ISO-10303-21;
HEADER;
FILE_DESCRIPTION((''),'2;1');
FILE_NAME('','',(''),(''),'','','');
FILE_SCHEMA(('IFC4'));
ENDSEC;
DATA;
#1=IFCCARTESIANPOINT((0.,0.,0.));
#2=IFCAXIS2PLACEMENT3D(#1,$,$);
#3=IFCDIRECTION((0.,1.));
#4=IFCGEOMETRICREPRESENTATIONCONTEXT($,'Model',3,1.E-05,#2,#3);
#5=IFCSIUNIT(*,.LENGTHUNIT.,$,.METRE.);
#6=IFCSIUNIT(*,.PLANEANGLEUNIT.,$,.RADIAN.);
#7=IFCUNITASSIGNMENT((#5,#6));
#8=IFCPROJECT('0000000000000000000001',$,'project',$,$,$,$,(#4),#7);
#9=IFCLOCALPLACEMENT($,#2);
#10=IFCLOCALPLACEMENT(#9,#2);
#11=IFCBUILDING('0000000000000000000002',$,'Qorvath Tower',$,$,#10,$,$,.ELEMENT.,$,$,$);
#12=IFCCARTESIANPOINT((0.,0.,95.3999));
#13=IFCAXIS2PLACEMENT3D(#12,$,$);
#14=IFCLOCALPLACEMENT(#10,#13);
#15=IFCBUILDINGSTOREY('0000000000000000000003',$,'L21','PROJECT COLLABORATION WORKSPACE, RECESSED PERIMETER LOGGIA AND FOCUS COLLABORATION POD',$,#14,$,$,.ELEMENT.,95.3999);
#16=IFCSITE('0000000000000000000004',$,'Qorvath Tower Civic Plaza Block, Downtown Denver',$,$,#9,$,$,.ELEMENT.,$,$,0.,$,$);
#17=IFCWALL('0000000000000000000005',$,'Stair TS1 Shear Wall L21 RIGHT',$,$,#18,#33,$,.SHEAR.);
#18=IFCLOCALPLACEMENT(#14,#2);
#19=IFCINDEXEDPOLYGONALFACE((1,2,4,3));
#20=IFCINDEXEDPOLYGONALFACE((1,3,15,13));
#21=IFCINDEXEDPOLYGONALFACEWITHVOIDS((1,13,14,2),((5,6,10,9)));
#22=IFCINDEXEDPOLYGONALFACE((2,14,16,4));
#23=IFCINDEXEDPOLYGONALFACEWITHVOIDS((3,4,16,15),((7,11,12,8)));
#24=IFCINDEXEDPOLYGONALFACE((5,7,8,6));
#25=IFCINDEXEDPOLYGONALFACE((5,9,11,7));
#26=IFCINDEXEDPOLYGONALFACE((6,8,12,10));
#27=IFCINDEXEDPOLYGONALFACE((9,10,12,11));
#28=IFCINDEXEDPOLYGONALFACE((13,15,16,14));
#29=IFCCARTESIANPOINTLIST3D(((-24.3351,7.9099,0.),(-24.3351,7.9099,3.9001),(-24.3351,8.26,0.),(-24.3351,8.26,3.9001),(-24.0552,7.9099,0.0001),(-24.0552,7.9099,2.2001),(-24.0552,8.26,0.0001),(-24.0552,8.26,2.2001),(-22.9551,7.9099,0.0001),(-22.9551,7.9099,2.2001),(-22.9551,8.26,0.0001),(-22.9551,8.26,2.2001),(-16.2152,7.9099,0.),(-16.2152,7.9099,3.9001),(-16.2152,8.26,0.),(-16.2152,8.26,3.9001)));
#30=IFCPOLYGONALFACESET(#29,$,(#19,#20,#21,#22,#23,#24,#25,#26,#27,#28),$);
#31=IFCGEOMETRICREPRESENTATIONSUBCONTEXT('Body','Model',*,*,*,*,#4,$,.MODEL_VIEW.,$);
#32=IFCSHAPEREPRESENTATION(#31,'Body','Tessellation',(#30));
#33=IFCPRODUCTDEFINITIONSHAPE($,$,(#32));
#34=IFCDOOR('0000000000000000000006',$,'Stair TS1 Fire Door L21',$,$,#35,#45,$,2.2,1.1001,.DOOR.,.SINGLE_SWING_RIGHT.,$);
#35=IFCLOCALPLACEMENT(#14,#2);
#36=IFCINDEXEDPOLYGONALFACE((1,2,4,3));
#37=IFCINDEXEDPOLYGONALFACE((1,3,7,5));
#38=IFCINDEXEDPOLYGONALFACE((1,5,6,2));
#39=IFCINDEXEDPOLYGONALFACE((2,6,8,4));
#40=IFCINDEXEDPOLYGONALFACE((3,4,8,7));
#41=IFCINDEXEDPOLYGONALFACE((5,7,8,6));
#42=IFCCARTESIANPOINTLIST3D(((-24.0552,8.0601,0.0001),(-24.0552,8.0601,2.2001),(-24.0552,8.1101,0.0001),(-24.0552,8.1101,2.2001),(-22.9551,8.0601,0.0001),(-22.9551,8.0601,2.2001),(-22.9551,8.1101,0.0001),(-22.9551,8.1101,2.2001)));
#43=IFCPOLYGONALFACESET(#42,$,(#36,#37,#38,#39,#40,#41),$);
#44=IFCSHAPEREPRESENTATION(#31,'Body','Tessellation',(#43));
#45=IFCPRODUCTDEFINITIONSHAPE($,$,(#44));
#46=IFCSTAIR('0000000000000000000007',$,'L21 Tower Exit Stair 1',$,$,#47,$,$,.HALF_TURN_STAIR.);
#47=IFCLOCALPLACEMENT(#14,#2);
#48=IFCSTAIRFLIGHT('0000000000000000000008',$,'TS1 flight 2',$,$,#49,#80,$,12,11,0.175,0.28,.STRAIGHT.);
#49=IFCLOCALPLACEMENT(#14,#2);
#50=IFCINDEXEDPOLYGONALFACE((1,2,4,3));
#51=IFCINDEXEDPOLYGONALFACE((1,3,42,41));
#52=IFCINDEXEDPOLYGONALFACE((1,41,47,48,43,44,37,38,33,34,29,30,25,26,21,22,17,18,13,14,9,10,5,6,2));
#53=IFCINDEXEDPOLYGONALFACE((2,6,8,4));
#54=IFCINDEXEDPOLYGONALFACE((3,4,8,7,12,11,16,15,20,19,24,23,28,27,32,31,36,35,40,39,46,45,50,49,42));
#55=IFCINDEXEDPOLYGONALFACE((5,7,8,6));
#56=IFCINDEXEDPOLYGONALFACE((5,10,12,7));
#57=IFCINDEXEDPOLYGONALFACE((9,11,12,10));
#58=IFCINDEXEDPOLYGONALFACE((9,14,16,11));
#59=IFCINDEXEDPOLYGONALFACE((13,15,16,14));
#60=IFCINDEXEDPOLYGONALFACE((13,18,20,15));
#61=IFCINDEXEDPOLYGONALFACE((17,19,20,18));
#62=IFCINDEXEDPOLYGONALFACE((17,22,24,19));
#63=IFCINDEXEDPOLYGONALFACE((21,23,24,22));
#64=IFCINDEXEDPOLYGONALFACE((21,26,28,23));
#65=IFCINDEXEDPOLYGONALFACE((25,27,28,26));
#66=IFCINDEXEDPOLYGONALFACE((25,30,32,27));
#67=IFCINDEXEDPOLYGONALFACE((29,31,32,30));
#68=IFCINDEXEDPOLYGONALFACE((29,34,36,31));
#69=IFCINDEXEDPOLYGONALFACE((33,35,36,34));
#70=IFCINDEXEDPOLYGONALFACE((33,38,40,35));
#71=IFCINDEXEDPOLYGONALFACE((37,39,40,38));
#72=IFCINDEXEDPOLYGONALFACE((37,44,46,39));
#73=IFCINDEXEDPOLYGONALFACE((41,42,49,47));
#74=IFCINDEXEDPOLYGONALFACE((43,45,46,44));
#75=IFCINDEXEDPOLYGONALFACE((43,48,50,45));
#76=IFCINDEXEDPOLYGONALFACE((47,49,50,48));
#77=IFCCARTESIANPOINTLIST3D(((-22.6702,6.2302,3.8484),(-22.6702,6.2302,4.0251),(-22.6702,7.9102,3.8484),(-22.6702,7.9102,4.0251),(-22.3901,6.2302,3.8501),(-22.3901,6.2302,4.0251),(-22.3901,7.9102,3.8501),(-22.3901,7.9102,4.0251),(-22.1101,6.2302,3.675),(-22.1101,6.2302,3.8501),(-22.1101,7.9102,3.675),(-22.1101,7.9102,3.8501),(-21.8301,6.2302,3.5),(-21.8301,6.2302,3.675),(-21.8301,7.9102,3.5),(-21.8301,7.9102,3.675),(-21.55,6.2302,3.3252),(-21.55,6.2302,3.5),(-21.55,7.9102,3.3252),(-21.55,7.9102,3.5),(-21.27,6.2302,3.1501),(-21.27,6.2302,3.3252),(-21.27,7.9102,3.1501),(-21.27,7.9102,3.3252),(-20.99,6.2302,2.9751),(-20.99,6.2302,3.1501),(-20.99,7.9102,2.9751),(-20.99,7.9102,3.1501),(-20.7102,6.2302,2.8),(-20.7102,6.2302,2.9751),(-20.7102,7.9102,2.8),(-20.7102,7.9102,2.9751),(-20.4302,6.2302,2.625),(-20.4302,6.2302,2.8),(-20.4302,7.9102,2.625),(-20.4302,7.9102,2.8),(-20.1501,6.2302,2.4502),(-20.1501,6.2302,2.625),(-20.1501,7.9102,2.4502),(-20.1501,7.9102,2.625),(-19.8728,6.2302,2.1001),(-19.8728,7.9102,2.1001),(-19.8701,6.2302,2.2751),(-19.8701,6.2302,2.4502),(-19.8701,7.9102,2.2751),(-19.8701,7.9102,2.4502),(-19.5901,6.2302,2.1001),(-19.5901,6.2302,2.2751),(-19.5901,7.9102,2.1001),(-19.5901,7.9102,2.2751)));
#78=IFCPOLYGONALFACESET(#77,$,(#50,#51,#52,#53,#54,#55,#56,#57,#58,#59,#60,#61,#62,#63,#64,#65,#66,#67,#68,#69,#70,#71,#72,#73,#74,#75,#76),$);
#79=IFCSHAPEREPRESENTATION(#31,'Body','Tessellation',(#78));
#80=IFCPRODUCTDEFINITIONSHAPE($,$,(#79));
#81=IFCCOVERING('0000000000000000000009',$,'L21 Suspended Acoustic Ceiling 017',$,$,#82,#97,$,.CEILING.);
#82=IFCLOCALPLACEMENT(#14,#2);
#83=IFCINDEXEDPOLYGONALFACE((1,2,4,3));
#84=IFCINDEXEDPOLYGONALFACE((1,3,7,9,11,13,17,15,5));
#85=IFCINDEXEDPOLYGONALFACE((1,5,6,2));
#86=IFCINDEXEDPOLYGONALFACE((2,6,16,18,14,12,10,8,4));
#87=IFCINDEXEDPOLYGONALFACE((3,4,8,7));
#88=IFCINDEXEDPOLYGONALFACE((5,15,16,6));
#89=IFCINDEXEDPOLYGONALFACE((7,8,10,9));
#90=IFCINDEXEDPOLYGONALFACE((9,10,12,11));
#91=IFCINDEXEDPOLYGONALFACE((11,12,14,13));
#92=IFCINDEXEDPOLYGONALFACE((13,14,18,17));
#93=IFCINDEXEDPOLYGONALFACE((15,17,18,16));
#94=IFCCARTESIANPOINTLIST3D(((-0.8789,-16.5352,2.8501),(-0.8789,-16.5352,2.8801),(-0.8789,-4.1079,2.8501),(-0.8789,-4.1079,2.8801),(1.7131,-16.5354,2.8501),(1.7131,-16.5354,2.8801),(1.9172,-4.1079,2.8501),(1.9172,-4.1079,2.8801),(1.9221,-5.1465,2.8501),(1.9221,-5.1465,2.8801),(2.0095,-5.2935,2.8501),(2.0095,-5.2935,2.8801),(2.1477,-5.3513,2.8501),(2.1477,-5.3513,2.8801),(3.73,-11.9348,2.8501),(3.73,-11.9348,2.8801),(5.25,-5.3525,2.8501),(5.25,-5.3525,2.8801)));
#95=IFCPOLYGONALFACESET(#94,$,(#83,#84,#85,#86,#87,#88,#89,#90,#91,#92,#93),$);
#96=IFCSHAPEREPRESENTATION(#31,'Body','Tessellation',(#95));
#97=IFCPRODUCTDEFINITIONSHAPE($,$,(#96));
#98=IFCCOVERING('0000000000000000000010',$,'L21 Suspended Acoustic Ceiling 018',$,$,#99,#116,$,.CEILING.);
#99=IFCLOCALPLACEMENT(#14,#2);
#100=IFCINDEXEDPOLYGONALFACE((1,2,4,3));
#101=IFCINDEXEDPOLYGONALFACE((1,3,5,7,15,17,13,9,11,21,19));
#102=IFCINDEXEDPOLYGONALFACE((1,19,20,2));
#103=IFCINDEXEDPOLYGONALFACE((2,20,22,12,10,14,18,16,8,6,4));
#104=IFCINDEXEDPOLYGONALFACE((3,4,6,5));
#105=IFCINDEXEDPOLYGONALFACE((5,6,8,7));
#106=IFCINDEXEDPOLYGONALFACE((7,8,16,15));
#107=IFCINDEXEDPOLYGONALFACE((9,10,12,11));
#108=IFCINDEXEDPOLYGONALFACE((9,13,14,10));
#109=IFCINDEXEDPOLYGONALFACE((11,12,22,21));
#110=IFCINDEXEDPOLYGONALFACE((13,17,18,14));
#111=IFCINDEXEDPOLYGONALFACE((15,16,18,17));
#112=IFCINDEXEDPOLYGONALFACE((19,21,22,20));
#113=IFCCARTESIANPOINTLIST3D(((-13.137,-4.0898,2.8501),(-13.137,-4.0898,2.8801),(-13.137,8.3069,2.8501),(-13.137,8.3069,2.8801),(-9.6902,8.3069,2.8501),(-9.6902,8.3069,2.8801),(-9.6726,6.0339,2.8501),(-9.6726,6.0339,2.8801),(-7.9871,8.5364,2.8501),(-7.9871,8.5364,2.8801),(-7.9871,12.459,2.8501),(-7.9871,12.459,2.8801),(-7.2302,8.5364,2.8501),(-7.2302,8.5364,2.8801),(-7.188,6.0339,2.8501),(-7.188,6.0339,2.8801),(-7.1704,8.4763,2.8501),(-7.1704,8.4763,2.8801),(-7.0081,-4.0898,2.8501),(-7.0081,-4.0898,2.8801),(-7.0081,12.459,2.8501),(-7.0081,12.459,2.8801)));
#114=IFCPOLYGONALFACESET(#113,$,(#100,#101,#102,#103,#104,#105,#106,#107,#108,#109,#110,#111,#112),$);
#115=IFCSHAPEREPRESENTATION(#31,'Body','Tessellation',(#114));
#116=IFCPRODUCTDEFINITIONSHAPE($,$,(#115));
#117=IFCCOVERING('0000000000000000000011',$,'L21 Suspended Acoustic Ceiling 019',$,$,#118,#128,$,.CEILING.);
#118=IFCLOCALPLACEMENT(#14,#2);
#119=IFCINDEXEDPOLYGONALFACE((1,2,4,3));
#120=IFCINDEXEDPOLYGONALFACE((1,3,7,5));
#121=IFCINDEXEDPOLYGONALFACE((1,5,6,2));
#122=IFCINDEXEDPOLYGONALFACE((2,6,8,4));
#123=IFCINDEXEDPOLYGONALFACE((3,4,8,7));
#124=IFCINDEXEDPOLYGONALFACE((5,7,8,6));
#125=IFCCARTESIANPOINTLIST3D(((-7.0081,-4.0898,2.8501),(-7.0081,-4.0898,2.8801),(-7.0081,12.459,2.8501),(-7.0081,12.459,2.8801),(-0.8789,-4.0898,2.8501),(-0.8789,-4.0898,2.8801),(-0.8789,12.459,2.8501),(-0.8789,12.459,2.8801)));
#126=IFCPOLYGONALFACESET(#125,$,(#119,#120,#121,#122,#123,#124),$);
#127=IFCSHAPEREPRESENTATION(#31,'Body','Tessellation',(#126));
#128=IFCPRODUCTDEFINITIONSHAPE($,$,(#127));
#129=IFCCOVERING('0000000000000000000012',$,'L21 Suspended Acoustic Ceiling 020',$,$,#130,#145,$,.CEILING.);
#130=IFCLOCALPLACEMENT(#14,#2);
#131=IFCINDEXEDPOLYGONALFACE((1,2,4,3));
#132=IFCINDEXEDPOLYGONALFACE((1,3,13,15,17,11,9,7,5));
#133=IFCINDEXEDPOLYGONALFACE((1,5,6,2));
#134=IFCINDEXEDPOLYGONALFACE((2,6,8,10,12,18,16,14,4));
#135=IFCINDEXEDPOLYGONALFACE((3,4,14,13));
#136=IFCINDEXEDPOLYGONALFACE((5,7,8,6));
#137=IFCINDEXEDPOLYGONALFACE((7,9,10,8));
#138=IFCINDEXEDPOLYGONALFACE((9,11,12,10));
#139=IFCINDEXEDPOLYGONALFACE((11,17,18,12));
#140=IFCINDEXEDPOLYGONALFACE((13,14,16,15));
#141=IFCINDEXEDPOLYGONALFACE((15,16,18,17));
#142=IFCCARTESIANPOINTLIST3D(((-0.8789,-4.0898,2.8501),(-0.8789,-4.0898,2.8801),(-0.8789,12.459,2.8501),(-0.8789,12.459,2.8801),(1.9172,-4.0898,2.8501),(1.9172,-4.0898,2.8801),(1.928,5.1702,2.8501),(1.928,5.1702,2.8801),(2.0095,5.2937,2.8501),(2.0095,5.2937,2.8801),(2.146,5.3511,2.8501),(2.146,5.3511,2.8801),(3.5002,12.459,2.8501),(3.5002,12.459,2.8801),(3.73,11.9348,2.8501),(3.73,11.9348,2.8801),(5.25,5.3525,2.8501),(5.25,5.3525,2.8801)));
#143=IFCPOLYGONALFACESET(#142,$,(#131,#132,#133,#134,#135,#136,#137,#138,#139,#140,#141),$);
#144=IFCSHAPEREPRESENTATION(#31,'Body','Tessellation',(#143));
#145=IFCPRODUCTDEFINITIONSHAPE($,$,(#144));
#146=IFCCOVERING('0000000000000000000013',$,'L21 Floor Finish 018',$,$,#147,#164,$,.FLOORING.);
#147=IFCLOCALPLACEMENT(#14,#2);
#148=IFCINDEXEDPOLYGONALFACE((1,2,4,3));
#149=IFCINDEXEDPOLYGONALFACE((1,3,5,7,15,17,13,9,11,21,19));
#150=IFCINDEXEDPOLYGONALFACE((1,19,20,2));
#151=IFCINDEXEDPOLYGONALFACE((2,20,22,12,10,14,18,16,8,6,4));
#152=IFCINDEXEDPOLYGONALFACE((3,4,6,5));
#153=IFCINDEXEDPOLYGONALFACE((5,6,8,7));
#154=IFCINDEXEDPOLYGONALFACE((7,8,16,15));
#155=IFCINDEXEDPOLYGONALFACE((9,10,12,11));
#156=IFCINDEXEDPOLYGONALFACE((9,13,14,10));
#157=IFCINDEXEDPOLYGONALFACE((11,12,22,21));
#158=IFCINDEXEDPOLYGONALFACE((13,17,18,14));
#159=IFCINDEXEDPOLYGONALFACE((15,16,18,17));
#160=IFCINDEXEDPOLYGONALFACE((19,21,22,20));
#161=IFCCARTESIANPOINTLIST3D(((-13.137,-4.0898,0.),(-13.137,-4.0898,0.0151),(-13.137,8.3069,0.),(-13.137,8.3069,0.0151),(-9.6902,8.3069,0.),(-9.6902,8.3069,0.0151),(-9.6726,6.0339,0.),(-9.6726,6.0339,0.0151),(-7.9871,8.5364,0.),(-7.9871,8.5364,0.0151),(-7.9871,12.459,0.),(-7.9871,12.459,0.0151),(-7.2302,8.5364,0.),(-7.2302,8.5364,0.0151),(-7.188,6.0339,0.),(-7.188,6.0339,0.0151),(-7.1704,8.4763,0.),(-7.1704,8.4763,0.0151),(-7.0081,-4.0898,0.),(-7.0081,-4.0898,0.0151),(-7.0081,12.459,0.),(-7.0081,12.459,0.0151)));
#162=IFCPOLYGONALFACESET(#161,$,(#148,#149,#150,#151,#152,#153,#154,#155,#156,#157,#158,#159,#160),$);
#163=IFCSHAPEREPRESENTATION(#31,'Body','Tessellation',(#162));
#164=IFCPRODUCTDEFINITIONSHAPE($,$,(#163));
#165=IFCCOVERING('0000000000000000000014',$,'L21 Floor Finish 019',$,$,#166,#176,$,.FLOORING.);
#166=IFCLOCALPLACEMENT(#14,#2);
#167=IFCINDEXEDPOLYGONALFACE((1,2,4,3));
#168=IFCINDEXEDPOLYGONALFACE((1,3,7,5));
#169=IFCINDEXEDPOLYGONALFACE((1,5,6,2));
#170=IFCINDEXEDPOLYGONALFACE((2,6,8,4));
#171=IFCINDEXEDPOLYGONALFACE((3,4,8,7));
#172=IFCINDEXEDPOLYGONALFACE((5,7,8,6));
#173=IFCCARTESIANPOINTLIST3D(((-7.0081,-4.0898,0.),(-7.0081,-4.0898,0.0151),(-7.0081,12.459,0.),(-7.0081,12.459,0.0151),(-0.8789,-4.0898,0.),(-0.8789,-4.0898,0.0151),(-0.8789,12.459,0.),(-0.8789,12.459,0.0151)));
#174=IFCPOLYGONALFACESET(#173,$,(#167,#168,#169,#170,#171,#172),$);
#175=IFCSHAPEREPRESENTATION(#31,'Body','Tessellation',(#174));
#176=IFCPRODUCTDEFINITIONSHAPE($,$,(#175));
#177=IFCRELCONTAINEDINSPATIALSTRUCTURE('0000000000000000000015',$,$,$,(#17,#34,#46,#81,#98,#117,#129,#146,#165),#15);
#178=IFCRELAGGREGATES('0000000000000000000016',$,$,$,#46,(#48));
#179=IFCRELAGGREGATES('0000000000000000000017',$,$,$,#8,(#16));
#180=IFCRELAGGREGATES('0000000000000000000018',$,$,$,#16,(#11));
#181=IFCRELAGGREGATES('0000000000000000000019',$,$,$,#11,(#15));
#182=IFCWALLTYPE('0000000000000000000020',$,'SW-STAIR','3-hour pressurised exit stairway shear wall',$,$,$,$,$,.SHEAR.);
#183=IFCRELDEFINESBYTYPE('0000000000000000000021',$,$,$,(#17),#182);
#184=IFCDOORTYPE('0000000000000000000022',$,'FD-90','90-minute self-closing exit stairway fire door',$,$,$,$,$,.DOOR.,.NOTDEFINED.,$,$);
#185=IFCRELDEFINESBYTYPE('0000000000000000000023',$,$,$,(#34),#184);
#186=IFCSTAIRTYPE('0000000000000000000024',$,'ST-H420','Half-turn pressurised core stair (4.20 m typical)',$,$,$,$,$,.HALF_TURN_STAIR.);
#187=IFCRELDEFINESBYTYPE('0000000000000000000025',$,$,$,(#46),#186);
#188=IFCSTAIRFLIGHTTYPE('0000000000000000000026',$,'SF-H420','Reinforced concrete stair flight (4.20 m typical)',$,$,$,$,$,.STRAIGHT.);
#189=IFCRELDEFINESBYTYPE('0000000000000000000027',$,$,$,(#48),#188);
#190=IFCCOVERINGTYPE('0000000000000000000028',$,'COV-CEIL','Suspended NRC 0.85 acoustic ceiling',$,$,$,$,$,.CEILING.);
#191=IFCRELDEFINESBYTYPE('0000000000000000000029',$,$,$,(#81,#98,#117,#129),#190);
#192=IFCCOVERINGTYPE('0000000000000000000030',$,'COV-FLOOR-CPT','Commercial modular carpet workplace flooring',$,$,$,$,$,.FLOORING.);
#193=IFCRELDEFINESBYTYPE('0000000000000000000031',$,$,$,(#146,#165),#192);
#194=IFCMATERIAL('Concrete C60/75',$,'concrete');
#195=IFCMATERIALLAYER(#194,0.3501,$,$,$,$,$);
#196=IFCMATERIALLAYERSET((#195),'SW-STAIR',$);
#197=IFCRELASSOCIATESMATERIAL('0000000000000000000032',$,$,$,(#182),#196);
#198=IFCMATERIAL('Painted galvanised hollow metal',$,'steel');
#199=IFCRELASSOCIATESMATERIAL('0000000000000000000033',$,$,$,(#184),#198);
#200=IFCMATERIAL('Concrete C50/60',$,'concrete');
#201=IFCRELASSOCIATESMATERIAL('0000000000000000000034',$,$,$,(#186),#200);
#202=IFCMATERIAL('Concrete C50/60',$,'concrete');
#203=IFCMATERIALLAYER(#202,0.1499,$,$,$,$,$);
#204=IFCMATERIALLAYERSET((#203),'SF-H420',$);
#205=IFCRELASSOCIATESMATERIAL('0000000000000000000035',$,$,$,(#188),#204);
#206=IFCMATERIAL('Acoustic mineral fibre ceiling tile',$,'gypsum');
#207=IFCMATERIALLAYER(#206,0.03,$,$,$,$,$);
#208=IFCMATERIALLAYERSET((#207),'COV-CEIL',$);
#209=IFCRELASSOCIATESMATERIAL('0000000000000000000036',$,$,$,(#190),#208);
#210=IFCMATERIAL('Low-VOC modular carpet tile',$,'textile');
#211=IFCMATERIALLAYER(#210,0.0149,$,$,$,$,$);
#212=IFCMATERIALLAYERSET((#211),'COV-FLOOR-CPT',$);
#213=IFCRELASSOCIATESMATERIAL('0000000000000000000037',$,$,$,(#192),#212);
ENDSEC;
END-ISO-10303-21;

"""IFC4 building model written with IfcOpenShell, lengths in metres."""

from ifc_helpers import new_model, si_unit, direction, frame, frame_2d, origin, place, context, subcontext, project, spatial, polyline, rectangle, outline, extrude, material, layer, layer_set, type_object, element, fill, aggregate, save


model = new_model("IFC4")

# Units and contexts
model_context = context("Model", 3, precision=1e-05, world=origin(), true_north=direction((0.0, 1.0)))
body_context = subcontext(model_context, "Body", "Model", "MODEL_VIEW")
ifc_project = project(units=[si_unit("LENGTHUNIT", "METRE"), si_unit("PLANEANGLEUNIT", "RADIAN")], contexts=[model_context])

# Site, building, storey
site_placement = place(None, origin())
site = spatial("IfcSite", under=ifc_project, at=site_placement, Name="Qorvath Tower Civic Plaza Block, Downtown Denver", CompositionType="ELEMENT", RefElevation=0.0)
building_placement = place(site_placement, origin())
building = spatial("IfcBuilding", under=site, at=building_placement, Name="Qorvath Tower", CompositionType="ELEMENT")
storey_placement = place(building_placement, frame((0.0, 0.0, 95.3999)))
storey = spatial("IfcBuildingStorey", under=building, at=storey_placement, Name="L21", Description="PROJECT COLLABORATION WORKSPACE, RECESSED PERIMETER LOGGIA AND FOCUS COLLABORATION POD", CompositionType="ELEMENT", Elevation=95.3999)

# Shared definitions
ifc_material_1 = material(Name="Concrete C60/75", Category="concrete")
ifc_layer_1 = layer(ifc_material_1, 0.3501)
ifc_layer_set_1 = layer_set([ifc_layer_1], Name="SW-STAIR")
wall_type_1 = type_object("IfcWallType", Name="SW-STAIR", Description="3-hour pressurised exit stairway shear wall", PredefinedType="SHEAR", material=ifc_layer_set_1)

# Wall, opening, door
wall_1_placement = place(storey_placement, frame((-16.2151, 8.085, 0.0), z_axis=(0.0, 0.0, 1.0), x_axis=(-1.0, 0.0, 0.0)))
wall_1 = element("IfcWall", 1, at=wall_1_placement, inside=storey, type_object=wall_type_1, Name="Stair TS1 Shear Wall L21 RIGHT", PredefinedType="SHEAR", context=body_context, shape_type="SweptSolid", body=[
    extrude(rectangle(XDim=8.1199, YDim=0.3501, at=frame_2d((4.0601, 0.0))), origin(), (0.0, 0.0, 1.0), 3.9001),
])
opening_1_placement = place(wall_1_placement, frame((6.74, 0.0, 0.0)))
opening_1 = element("IfcOpeningElement", 2, at=opening_1_placement, cuts=wall_1, PredefinedType="OPENING", context=body_context, shape_type="SweptSolid", body=[
    extrude(rectangle(XDim=1.1001, YDim=2.2, at=frame_2d((0.55, 1.1001))), frame((0.0, 0.1851, 0.0), z_axis=(0.0, -1.0, 0.0), x_axis=(1.0, 0.0, 0.0)), (0.0, 0.0, 1.0), 0.3701),
])
ifc_material_2 = material(Name="Painted galvanised hollow metal", Category="steel")
door_type_1 = type_object("IfcDoorType", Name="FD-90", Description="90-minute self-closing exit stairway fire door", OperationType="NOTDEFINED", PredefinedType="DOOR", material=ifc_material_2)
door_1_placement = place(opening_1_placement, origin())
door_1 = element("IfcDoor", 3, at=door_1_placement, inside=storey, type_object=door_type_1, Name="Stair TS1 Fire Door L21", OperationType="SINGLE_SWING_RIGHT", OverallHeight=2.2, OverallWidth=1.1001, PredefinedType="DOOR", context=body_context, shape_type="SweptSolid", body=[
    extrude(rectangle(XDim=1.1001, YDim=2.2, at=frame_2d((0.55, 1.1001))), frame((0.0, 0.0249, 0.0), z_axis=(0.0, -1.0, 0.0), x_axis=(1.0, 0.0, 0.0)), (0.0, 0.0, 1.0), 0.05),
])
fill(opening_1, door_1)

# Stair, stair flight
ifc_material_3 = material(Name="Concrete C50/60", Category="concrete")
stair_type = type_object("IfcStairType", Name="ST-H420", Description="Half-turn pressurised core stair (4.20 m typical)", PredefinedType="HALF_TURN_STAIR", material=ifc_material_3)
stair_placement = place(storey_placement, origin())
stair = element("IfcStair", 4, at=stair_placement, inside=storey, type_object=stair_type, Name="L21 Tower Exit Stair 1", PredefinedType="HALF_TURN_STAIR")
ifc_material_4 = material(Name="Concrete C50/60", Category="concrete")
ifc_layer_2 = layer(ifc_material_4, 0.1499)
ifc_layer_set_2 = layer_set([ifc_layer_2], Name="SF-H420")
stair_flight_type = type_object("IfcStairFlightType", Name="SF-H420", Description="Reinforced concrete stair flight (4.20 m typical)", PredefinedType="STRAIGHT", material=ifc_layer_set_2)
stair_flight_placement = place(storey_placement, frame((-19.5901, 7.0701, 2.1001), z_axis=(0.0, 0.0, 1.0), x_axis=(-1.0, 0.0, 0.0)))
stair_flight = element("IfcStairFlight", 5, at=stair_flight_placement, type_object=stair_flight_type, Name="TS1 flight 2", NumberOfRisers=12, NumberOfTreads=11, PredefinedType="STRAIGHT", RiserHeight=0.175, TreadLength=0.28, context=body_context, shape_type="SweptSolid", body=[
    extrude(outline(polyline([(0.0, 0.0), (0.0, 0.175), (0.28, 0.175), (0.28, 0.3501), (0.5601, 0.3501), (0.5601, 0.5249), (0.8401, 0.5249), (0.8401, 0.7), (1.1201, 0.7), (1.1201, 0.875), (1.3999, 0.875), (1.3999, 1.05), (1.6799, 1.05), (1.6799, 1.2251), (1.96, 1.2251), (1.96, 1.3999), (2.24, 1.3999), (2.24, 1.575), (2.52, 1.575), (2.52, 1.75), (2.8, 1.75), (2.8, 1.925), (3.0801, 1.925), (3.0801, 2.1001), (3.0801, 1.7483), (0.2827, 0.0), (0.0, 0.0)])), frame((0.0, 0.8398, 0.0), z_axis=(0.0, -1.0, 0.0), x_axis=(1.0, 0.0, 0.0)), (0.0, 0.0, 1.0), 1.6799),
])
aggregate(stair, [stair_flight])

# Coverings
ifc_material_5 = material(Name="Acoustic mineral fibre ceiling tile", Category="gypsum")
ifc_layer_3 = layer(ifc_material_5, 0.03)
ifc_layer_set_3 = layer_set([ifc_layer_3], Name="COV-CEIL")
covering_type_1 = type_object("IfcCoveringType", Name="COV-CEIL", Description="Suspended NRC 0.85 acoustic ceiling", PredefinedType="CEILING", material=ifc_layer_set_3)
covering_1_placement = place(storey_placement, frame((0.0, 0.0, 2.8501)))
element("IfcCovering", 6, at=covering_1_placement, inside=storey, type_object=covering_type_1, Name="L21 Suspended Acoustic Ceiling 017", PredefinedType="CEILING", context=body_context, shape_type="SweptSolid", body=[
    extrude(outline(polyline([(2.0095, -5.2935), (1.9221, -5.1465), (1.9172, -4.1079), (-0.8789, -4.1079), (-0.8789, -16.5352), (1.7131, -16.5354), (3.73, -11.9348), (5.25, -5.3525), (2.1477, -5.3513), (2.0095, -5.2935)])), origin(), (0.0, 0.0, 1.0), 0.03),
])
covering_2_placement = place(storey_placement, frame((0.0, 0.0, 2.8501)))
element("IfcCovering", 7, at=covering_2_placement, inside=storey, type_object=covering_type_1, Name="L21 Suspended Acoustic Ceiling 018", PredefinedType="CEILING", context=body_context, shape_type="SweptSolid", body=[
    extrude(outline(polyline([(-7.0081, -4.0898), (-7.0081, 12.459), (-7.9871, 12.459), (-7.9871, 8.5364), (-7.2302, 8.5364), (-7.1704, 8.4763), (-7.188, 6.0339), (-9.6726, 6.0339), (-9.6902, 8.3069), (-13.137, 8.3069), (-13.137, -4.0898), (-7.0081, -4.0898)])), origin(), (0.0, 0.0, 1.0), 0.03),
])
covering_3_placement = place(storey_placement, frame((0.0, 0.0, 2.8501)))
element("IfcCovering", 8, at=covering_3_placement, inside=storey, type_object=covering_type_1, Name="L21 Suspended Acoustic Ceiling 019", PredefinedType="CEILING", context=body_context, shape_type="SweptSolid", body=[
    extrude(outline(polyline([(-0.8789, -4.0898), (-0.8789, 12.459), (-7.0081, 12.459), (-7.0081, -4.0898), (-0.8789, -4.0898)])), origin(), (0.0, 0.0, 1.0), 0.03),
])
covering_4_placement = place(storey_placement, frame((0.0, 0.0, 2.8501)))
element("IfcCovering", 9, at=covering_4_placement, inside=storey, type_object=covering_type_1, Name="L21 Suspended Acoustic Ceiling 020", PredefinedType="CEILING", context=body_context, shape_type="SweptSolid", body=[
    extrude(outline(polyline([(2.146, 5.3511), (5.25, 5.3525), (3.73, 11.9348), (3.5002, 12.459), (-0.8789, 12.459), (-0.8789, -4.0898), (1.9172, -4.0898), (1.928, 5.1702), (2.0095, 5.2937), (2.146, 5.3511)])), origin(), (0.0, 0.0, 1.0), 0.03),
])
ifc_material_6 = material(Name="Low-VOC modular carpet tile", Category="textile")
ifc_layer_4 = layer(ifc_material_6, 0.0149)
ifc_layer_set_4 = layer_set([ifc_layer_4], Name="COV-FLOOR-CPT")
covering_type_2 = type_object("IfcCoveringType", Name="COV-FLOOR-CPT", Description="Commercial modular carpet workplace flooring", PredefinedType="FLOORING", material=ifc_layer_set_4)
covering_5_placement = place(storey_placement, origin())
element("IfcCovering", 10, at=covering_5_placement, inside=storey, type_object=covering_type_2, Name="L21 Floor Finish 018", PredefinedType="FLOORING", context=body_context, shape_type="SweptSolid", body=[
    extrude(outline(polyline([(-7.0081, -4.0898), (-7.0081, 12.459), (-7.9871, 12.459), (-7.9871, 8.5364), (-7.2302, 8.5364), (-7.1704, 8.4763), (-7.188, 6.0339), (-9.6726, 6.0339), (-9.6902, 8.3069), (-13.137, 8.3069), (-13.137, -4.0898), (-7.0081, -4.0898)])), origin(), (0.0, 0.0, 1.0), 0.0151),
])
covering_6_placement = place(storey_placement, origin())
element("IfcCovering", 11, at=covering_6_placement, inside=storey, type_object=covering_type_2, Name="L21 Floor Finish 019", PredefinedType="FLOORING", context=body_context, shape_type="SweptSolid", body=[
    extrude(outline(polyline([(-0.8789, -4.0898), (-0.8789, 12.459), (-7.0081, 12.459), (-7.0081, -4.0898), (-0.8789, -4.0898)])), origin(), (0.0, 0.0, 1.0), 0.0151),
])

save(model, "model.ifc")
